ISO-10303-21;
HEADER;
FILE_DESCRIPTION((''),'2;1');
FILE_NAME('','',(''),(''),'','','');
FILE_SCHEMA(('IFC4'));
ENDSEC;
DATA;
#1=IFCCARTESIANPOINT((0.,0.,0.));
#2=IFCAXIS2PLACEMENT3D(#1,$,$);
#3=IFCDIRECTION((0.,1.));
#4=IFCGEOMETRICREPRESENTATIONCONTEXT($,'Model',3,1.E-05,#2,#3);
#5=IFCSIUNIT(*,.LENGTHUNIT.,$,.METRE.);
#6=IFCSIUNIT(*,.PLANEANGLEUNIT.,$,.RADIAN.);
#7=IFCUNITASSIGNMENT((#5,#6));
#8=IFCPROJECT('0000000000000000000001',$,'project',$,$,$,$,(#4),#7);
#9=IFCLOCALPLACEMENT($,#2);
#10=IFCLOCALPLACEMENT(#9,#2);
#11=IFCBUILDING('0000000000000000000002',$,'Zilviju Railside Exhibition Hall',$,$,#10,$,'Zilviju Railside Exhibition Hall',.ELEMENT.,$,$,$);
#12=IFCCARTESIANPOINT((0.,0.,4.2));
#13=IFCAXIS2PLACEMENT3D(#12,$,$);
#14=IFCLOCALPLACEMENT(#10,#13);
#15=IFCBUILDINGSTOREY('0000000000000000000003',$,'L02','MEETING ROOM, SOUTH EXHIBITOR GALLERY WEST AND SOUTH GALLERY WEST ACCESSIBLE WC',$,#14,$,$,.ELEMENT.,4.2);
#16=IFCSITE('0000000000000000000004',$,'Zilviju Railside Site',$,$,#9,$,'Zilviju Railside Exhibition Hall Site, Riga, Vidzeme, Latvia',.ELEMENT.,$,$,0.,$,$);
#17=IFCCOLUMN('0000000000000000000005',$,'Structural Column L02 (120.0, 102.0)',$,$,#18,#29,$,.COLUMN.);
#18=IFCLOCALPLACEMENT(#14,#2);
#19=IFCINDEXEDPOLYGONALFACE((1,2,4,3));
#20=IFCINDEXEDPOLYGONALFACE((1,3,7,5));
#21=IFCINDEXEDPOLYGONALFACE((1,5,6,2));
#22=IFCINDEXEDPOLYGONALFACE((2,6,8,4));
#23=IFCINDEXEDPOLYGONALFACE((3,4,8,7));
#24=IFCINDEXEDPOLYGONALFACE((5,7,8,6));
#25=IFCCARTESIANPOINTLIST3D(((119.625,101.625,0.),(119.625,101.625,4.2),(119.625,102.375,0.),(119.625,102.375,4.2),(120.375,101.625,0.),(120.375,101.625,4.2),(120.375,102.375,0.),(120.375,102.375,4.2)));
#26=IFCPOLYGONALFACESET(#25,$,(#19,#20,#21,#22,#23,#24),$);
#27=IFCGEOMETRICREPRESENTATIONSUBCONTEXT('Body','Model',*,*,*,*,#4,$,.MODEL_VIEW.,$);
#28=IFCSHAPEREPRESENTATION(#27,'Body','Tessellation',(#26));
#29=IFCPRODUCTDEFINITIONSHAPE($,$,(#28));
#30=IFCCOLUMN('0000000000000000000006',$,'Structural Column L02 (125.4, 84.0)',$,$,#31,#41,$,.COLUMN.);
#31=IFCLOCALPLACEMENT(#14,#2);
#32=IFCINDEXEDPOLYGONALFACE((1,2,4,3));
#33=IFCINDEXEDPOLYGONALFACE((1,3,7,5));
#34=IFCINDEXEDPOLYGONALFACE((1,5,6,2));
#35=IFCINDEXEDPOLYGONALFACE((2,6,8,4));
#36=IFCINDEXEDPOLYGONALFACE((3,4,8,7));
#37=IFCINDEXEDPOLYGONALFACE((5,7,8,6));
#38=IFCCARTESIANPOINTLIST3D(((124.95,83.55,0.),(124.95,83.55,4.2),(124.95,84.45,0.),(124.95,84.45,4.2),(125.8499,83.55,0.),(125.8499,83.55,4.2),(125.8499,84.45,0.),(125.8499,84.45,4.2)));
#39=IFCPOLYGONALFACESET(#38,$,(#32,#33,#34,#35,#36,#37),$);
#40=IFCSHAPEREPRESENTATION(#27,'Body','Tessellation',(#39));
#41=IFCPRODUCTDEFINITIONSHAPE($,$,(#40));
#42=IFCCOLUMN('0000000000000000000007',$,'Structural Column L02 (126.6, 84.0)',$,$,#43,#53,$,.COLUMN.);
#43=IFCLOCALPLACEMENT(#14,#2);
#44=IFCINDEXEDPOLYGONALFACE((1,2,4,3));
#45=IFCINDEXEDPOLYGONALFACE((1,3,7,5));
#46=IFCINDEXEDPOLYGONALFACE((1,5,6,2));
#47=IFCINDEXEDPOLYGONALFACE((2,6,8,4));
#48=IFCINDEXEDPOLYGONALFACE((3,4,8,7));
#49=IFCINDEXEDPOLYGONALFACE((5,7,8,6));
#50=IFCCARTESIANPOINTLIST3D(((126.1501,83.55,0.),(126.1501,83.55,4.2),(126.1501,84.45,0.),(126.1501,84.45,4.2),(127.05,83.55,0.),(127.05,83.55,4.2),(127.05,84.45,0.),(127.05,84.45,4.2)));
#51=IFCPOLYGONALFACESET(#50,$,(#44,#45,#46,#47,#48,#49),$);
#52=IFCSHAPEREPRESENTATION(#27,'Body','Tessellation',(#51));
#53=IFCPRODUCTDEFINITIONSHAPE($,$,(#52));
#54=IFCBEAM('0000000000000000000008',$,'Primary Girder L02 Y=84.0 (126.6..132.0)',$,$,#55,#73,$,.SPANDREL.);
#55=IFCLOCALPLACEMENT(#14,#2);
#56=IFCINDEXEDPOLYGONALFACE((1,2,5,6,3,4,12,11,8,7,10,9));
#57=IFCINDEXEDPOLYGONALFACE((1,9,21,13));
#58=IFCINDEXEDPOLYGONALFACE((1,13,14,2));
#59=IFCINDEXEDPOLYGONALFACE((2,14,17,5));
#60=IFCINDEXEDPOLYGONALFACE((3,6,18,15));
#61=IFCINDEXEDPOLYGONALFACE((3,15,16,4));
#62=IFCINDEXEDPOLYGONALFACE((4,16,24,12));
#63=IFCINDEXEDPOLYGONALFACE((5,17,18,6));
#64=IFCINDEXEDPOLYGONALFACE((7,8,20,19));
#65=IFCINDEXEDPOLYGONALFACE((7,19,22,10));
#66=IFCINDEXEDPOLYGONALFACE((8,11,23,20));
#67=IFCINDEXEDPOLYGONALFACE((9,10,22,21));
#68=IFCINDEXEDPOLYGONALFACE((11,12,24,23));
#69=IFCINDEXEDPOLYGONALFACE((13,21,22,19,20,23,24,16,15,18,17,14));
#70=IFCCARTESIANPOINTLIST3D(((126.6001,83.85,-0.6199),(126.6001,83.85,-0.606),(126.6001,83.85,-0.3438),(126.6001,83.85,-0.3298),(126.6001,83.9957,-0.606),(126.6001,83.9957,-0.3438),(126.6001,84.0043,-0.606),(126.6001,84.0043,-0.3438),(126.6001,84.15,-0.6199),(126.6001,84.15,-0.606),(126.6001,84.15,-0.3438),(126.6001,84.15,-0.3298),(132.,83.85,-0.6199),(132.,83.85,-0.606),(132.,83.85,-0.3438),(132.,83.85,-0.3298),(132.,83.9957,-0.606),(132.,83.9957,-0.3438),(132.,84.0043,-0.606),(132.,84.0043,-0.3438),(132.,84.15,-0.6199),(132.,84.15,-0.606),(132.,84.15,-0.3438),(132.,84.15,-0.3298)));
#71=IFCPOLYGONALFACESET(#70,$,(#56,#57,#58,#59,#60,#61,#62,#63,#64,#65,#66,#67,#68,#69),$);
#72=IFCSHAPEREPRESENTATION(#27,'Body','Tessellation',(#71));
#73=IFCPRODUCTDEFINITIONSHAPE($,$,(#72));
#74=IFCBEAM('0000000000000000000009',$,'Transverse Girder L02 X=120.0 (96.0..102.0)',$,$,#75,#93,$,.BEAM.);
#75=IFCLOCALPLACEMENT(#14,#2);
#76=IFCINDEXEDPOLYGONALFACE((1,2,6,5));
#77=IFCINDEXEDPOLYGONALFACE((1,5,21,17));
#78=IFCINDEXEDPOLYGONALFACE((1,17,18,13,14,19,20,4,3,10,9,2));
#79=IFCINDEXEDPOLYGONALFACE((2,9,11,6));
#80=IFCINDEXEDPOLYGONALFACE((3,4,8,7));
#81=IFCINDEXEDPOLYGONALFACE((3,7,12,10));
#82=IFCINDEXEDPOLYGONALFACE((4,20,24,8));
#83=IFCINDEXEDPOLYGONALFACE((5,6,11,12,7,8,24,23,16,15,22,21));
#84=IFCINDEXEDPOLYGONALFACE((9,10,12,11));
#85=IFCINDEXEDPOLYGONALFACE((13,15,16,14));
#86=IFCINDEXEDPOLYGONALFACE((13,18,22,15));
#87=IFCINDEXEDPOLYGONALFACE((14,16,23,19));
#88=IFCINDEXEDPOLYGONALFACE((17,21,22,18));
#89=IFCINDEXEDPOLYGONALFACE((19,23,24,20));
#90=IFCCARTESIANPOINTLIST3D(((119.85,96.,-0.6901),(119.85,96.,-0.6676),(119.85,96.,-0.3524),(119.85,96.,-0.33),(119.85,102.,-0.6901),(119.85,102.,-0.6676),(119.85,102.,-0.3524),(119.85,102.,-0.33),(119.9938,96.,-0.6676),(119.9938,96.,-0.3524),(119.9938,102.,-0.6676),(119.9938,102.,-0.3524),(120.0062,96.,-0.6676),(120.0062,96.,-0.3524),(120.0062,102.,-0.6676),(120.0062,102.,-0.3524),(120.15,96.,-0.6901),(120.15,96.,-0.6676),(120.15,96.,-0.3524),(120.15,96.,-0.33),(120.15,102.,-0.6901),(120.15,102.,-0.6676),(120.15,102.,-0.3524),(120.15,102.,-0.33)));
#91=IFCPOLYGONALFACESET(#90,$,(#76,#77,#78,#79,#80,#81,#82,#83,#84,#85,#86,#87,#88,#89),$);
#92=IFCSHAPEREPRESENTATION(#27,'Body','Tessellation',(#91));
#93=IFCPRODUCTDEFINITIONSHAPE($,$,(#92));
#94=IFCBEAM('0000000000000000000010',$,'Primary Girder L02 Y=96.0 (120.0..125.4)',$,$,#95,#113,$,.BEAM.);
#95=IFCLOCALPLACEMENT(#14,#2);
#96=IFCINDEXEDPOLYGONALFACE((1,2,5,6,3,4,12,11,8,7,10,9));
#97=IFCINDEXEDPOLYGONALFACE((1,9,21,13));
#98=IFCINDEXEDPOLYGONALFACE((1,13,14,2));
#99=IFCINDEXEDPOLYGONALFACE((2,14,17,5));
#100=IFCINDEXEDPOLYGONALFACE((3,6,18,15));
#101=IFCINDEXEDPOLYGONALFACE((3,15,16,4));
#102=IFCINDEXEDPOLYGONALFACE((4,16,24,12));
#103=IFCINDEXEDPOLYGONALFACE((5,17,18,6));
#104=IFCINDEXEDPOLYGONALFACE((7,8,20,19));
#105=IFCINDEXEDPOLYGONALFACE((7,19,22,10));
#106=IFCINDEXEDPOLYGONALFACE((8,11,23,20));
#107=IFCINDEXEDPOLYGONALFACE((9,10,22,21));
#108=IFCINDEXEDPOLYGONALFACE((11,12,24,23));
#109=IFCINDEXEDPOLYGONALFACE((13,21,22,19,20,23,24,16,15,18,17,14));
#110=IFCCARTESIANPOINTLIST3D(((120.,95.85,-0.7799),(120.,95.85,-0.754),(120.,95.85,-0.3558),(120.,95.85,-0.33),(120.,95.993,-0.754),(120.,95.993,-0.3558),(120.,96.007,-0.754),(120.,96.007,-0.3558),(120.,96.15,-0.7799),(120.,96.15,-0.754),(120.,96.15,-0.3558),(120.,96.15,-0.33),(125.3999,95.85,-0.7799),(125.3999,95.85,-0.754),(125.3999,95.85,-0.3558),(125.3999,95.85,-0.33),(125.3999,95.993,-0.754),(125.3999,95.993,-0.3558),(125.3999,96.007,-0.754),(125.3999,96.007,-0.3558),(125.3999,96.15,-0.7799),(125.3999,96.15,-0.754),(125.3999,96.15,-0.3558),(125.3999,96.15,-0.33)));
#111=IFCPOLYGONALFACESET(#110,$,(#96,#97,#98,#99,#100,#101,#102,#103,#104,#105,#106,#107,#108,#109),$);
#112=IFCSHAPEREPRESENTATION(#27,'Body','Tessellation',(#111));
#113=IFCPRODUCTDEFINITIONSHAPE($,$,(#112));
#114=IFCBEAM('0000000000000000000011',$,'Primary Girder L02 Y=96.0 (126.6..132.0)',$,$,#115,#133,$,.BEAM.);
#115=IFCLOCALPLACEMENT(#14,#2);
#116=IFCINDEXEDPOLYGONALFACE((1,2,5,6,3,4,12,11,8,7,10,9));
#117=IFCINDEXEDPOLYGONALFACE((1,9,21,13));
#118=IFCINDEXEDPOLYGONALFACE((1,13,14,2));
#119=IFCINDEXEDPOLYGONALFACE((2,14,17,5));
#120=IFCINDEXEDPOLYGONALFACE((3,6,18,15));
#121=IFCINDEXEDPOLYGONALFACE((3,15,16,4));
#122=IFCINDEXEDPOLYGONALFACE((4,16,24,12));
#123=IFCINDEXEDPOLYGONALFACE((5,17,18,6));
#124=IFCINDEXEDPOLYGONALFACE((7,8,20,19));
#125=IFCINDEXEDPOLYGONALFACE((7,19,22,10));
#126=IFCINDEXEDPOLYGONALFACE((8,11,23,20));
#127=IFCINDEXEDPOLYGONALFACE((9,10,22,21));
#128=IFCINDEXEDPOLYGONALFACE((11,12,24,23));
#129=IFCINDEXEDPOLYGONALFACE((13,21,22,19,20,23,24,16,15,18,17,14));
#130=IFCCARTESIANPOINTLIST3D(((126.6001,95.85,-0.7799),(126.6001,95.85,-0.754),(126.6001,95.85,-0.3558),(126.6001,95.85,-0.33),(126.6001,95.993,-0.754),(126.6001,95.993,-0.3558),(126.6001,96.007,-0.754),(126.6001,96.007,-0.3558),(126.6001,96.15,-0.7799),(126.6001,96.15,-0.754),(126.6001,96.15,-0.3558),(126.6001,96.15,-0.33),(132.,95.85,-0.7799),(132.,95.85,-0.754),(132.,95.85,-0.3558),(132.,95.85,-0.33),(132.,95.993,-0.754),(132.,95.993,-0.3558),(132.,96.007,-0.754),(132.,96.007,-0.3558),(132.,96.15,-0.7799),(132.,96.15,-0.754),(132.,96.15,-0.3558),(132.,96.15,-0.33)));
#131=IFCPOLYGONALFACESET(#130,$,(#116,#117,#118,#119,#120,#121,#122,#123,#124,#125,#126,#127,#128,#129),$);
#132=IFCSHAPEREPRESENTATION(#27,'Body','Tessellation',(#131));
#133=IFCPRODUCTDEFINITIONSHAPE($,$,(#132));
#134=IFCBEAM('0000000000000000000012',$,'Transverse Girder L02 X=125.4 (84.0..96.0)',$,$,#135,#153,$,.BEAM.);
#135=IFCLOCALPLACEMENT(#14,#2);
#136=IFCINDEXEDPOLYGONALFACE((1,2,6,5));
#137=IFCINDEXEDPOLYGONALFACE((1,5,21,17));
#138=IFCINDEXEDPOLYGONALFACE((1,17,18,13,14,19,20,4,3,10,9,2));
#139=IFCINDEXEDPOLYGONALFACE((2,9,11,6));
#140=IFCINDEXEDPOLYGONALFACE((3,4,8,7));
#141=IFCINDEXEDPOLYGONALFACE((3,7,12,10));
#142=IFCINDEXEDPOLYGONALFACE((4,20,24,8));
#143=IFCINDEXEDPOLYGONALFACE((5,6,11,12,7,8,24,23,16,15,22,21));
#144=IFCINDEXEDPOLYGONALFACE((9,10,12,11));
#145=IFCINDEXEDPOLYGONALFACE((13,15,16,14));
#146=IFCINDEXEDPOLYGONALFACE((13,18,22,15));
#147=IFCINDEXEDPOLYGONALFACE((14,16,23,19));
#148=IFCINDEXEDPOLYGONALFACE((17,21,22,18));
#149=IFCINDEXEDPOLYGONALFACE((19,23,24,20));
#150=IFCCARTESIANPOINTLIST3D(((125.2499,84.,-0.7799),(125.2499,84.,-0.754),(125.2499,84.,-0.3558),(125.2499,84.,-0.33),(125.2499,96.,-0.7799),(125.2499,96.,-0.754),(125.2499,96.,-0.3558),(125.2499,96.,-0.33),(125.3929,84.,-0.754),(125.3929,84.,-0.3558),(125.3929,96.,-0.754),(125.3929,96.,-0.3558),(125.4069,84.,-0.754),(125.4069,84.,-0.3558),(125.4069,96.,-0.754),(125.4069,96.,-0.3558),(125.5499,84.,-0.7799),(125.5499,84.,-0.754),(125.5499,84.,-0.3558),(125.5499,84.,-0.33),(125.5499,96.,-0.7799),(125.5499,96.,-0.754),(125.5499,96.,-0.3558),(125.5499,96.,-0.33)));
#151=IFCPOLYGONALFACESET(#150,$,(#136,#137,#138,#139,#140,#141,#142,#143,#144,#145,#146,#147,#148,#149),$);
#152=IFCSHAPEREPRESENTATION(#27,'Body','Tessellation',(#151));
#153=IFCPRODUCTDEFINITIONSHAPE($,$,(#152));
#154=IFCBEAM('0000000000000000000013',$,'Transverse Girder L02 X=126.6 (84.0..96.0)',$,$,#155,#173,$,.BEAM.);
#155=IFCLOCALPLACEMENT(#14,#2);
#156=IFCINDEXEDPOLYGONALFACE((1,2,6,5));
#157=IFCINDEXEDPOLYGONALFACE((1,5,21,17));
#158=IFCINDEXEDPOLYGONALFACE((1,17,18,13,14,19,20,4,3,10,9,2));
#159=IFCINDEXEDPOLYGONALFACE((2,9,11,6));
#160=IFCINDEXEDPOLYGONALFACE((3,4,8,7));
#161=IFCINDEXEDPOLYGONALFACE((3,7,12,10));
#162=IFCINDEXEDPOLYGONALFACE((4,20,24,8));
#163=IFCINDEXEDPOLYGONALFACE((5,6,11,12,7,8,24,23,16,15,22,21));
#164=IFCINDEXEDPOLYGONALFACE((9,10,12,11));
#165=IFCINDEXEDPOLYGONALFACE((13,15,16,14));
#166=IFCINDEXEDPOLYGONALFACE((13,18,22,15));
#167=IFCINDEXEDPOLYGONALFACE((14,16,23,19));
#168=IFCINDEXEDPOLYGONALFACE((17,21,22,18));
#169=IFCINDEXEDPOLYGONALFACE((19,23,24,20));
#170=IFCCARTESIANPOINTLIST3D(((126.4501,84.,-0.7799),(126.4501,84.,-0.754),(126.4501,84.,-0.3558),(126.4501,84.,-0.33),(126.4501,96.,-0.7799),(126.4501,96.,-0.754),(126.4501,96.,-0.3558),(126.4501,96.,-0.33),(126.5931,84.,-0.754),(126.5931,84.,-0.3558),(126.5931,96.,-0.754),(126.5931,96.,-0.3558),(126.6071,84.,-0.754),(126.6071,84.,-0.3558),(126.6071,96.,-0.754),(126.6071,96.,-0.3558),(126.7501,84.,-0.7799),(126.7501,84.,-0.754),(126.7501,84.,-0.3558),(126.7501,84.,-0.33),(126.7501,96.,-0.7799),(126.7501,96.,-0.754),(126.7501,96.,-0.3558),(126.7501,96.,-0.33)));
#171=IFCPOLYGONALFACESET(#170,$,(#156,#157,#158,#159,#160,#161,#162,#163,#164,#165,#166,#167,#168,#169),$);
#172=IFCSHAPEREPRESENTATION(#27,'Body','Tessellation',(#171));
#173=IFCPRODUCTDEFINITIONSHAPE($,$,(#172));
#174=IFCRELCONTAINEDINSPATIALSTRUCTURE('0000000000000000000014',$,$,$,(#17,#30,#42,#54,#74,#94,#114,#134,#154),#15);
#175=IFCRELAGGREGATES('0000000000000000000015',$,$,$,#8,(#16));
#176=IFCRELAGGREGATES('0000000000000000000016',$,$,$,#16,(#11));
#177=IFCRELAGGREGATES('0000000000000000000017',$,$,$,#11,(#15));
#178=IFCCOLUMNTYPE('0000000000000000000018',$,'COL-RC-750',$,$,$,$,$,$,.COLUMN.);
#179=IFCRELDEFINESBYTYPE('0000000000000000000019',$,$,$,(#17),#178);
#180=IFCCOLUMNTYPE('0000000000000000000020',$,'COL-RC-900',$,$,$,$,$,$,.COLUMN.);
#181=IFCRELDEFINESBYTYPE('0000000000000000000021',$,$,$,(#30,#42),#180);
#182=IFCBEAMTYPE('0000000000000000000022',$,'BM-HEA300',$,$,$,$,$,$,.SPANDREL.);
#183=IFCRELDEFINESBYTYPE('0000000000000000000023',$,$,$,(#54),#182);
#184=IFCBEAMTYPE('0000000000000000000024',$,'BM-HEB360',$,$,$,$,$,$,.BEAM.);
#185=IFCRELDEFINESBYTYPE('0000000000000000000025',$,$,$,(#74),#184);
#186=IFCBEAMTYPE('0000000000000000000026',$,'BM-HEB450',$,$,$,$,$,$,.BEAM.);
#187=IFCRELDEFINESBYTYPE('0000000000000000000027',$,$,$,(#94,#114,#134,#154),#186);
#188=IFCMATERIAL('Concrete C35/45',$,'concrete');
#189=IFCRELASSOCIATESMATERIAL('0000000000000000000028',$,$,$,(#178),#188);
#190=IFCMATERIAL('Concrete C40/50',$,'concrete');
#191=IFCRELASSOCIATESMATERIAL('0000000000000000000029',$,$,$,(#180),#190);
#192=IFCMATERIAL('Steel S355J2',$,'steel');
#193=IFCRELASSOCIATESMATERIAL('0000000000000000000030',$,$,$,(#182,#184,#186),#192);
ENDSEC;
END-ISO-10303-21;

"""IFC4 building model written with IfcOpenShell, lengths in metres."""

from ifc_helpers import new_model, si_unit, direction, frame, origin, origin_2d, place, context, subcontext, project, spatial, rectangle, i_section, extrude, material, material_profile, profile_set, type_object, element, save


model = new_model("IFC4")

# Units and contexts
model_context = context("Model", 3, precision=1e-05, world=origin(), true_north=direction((0.0, 1.0)))
body_context = subcontext(model_context, "Body", "Model", "MODEL_VIEW")
ifc_project = project(units=[si_unit("LENGTHUNIT", "METRE"), si_unit("PLANEANGLEUNIT", "RADIAN")], contexts=[model_context])

# Site, building, storey
site_placement = place(None, origin())
site = spatial("IfcSite", under=ifc_project, at=site_placement, Name="Zilviju Railside Site", LongName="Zilviju Railside Exhibition Hall Site, Riga, Vidzeme, Latvia", CompositionType="ELEMENT", RefElevation=0.0)
building_placement = place(site_placement, origin())
building = spatial("IfcBuilding", under=site, at=building_placement, Name="Zilviju Railside Exhibition Hall", LongName="Zilviju Railside Exhibition Hall", CompositionType="ELEMENT")
storey_placement = place(building_placement, frame((0.0, 0.0, 4.2)))
storey = spatial("IfcBuildingStorey", under=building, at=storey_placement, Name="L02", Description="MEETING ROOM, SOUTH EXHIBITOR GALLERY WEST AND SOUTH GALLERY WEST ACCESSIBLE WC", CompositionType="ELEMENT", Elevation=4.2)

# Columns
ifc_material_1 = material(Name="Concrete C35/45", Category="concrete")
ifc_material_profile_1 = material_profile(ifc_material_1, rectangle(XDim=0.75, YDim=0.75, at=origin_2d()), Name="RC COL 750x750")
ifc_profile_set_1 = profile_set([ifc_material_profile_1], Name="Concrete C35/45")
column_type_1 = type_object("IfcColumnType", Name="COL-RC-750", PredefinedType="COLUMN", material=ifc_profile_set_1)
column_placement = place(storey_placement, frame((120.0, 102.0, 0.0), z_axis=(0.0, 0.0, 1.0), x_axis=(1.0, 0.0, 0.0)))
element("IfcColumn", 1, at=column_placement, inside=storey, type_object=column_type_1, Name="Structural Column L02 (120.0, 102.0)", PredefinedType="COLUMN", context=body_context, shape_type="SweptSolid", body=[
    extrude(rectangle(XDim=0.75, YDim=0.75, at=origin_2d()), origin(), (0.0, 0.0, 1.0), 4.2),
])
ifc_material_2 = material(Name="Concrete C40/50", Category="concrete")
ifc_material_profile_2 = material_profile(ifc_material_2, rectangle(XDim=0.8999, YDim=0.8999, at=origin_2d()), Name="RC COL 900x900")
ifc_profile_set_2 = profile_set([ifc_material_profile_2], Name="Concrete C40/50")
column_type_2 = type_object("IfcColumnType", Name="COL-RC-900", PredefinedType="COLUMN", material=ifc_profile_set_2)
for number, where, z_axis, x_axis, name in (
    (2, (125.3999, 84.0, 0.0), (0.0, 0.0, 1.0), (1.0, 0.0, 0.0), "Structural Column L02 (125.4, 84.0)"),
    (3, (126.6001, 84.0, 0.0), (0.0, 0.0, 1.0), (1.0, 0.0, 0.0), "Structural Column L02 (126.6, 84.0)"),
):
    element("IfcColumn", number, at=place(storey_placement, frame(where, z_axis=z_axis, x_axis=x_axis)), inside=storey, type_object=column_type_2, Name=name, PredefinedType="COLUMN", context=body_context, shape_type="SweptSolid", body=[
        extrude(rectangle(XDim=0.8999, YDim=0.8999, at=origin_2d()), origin(), (0.0, 0.0, 1.0), 4.2),
    ])

# Beams
ifc_material_3 = material(Name="Steel S355J2", Category="steel")
ifc_material_profile_3 = material_profile(ifc_material_3, i_section(OverallWidth=0.3, OverallDepth=0.29, WebThickness=0.0085, FlangeThickness=0.0139, at=origin_2d()), Name="HEA 300")
ifc_profile_set_3 = profile_set([ifc_material_profile_3], Name="Steel S355J2")
beam_type_1 = type_object("IfcBeamType", Name="BM-HEA300", PredefinedType="SPANDREL", material=ifc_profile_set_3)
beam_1_placement = place(storey_placement, frame((126.6001, 84.0, -0.4749), z_axis=(1.0, 0.0, 0.0), x_axis=(0.0, 1.0, 0.0)))
element("IfcBeam", 4, at=beam_1_placement, inside=storey, type_object=beam_type_1, Name="Primary Girder L02 Y=84.0 (126.6..132.0)", PredefinedType="SPANDREL", context=body_context, shape_type="SweptSolid", body=[
    extrude(i_section(OverallWidth=0.3, OverallDepth=0.29, WebThickness=0.0085, FlangeThickness=0.0139, at=origin_2d()), origin(), (0.0, 0.0, 1.0), 5.3999),
])
ifc_material_profile_4 = material_profile(ifc_material_3, i_section(OverallWidth=0.3, OverallDepth=0.3601, WebThickness=0.0125, FlangeThickness=0.0225, at=origin_2d()), Name="HEB 360")
ifc_profile_set_4 = profile_set([ifc_material_profile_4], Name="Steel S355J2")
beam_type_2 = type_object("IfcBeamType", Name="BM-HEB360", PredefinedType="BEAM", material=ifc_profile_set_4)
beam_2_placement = place(storey_placement, frame((120.0, 96.0, -0.51), z_axis=(0.0, 1.0, 0.0), x_axis=(-1.0, 0.0, 0.0)))
element("IfcBeam", 5, at=beam_2_placement, inside=storey, type_object=beam_type_2, Name="Transverse Girder L02 X=120.0 (96.0..102.0)", PredefinedType="BEAM", context=body_context, shape_type="SweptSolid", body=[
    extrude(i_section(OverallWidth=0.3, OverallDepth=0.3601, WebThickness=0.0125, FlangeThickness=0.0225, at=origin_2d()), origin(), (0.0, 0.0, 1.0), 6.0),
])
ifc_material_profile_5 = material_profile(ifc_material_3, i_section(OverallWidth=0.3, OverallDepth=0.45, WebThickness=0.0139, FlangeThickness=0.0259, at=origin_2d()), Name="HEB 450")
ifc_profile_set_5 = profile_set([ifc_material_profile_5], Name="Steel S355J2")
beam_type_3 = type_object("IfcBeamType", Name="BM-HEB450", PredefinedType="BEAM", material=ifc_profile_set_5)
for number, where, z_axis, x_axis, name in (
    (6, (120.0, 96.0, -0.5549), (1.0, 0.0, 0.0), (0.0, 1.0, 0.0), "Primary Girder L02 Y=96.0 (120.0..125.4)"),
    (7, (126.6001, 96.0, -0.5549), (1.0, 0.0, 0.0), (0.0, 1.0, 0.0), "Primary Girder L02 Y=96.0 (126.6..132.0)"),
):
    element("IfcBeam", number, at=place(storey_placement, frame(where, z_axis=z_axis, x_axis=x_axis)), inside=storey, type_object=beam_type_3, Name=name, PredefinedType="BEAM", context=body_context, shape_type="SweptSolid", body=[
        extrude(i_section(OverallWidth=0.3, OverallDepth=0.45, WebThickness=0.0139, FlangeThickness=0.0259, at=origin_2d()), origin(), (0.0, 0.0, 1.0), 5.3999),
    ])
for number, where, z_axis, x_axis, name in (
    (8, (125.3999, 84.0, -0.5549), (0.0, 1.0, 0.0), (-1.0, 0.0, 0.0), "Transverse Girder L02 X=125.4 (84.0..96.0)"),
    (9, (126.6001, 84.0, -0.5549), (0.0, 1.0, 0.0), (-1.0, 0.0, 0.0), "Transverse Girder L02 X=126.6 (84.0..96.0)"),
):
    element("IfcBeam", number, at=place(storey_placement, frame(where, z_axis=z_axis, x_axis=x_axis)), inside=storey, type_object=beam_type_3, Name=name, PredefinedType="BEAM", context=body_context, shape_type="SweptSolid", body=[
        extrude(i_section(OverallWidth=0.3, OverallDepth=0.45, WebThickness=0.0139, FlangeThickness=0.0259, at=origin_2d()), origin(), (0.0, 0.0, 1.0), 12.0),
    ])

save(model, "model.ifc")
